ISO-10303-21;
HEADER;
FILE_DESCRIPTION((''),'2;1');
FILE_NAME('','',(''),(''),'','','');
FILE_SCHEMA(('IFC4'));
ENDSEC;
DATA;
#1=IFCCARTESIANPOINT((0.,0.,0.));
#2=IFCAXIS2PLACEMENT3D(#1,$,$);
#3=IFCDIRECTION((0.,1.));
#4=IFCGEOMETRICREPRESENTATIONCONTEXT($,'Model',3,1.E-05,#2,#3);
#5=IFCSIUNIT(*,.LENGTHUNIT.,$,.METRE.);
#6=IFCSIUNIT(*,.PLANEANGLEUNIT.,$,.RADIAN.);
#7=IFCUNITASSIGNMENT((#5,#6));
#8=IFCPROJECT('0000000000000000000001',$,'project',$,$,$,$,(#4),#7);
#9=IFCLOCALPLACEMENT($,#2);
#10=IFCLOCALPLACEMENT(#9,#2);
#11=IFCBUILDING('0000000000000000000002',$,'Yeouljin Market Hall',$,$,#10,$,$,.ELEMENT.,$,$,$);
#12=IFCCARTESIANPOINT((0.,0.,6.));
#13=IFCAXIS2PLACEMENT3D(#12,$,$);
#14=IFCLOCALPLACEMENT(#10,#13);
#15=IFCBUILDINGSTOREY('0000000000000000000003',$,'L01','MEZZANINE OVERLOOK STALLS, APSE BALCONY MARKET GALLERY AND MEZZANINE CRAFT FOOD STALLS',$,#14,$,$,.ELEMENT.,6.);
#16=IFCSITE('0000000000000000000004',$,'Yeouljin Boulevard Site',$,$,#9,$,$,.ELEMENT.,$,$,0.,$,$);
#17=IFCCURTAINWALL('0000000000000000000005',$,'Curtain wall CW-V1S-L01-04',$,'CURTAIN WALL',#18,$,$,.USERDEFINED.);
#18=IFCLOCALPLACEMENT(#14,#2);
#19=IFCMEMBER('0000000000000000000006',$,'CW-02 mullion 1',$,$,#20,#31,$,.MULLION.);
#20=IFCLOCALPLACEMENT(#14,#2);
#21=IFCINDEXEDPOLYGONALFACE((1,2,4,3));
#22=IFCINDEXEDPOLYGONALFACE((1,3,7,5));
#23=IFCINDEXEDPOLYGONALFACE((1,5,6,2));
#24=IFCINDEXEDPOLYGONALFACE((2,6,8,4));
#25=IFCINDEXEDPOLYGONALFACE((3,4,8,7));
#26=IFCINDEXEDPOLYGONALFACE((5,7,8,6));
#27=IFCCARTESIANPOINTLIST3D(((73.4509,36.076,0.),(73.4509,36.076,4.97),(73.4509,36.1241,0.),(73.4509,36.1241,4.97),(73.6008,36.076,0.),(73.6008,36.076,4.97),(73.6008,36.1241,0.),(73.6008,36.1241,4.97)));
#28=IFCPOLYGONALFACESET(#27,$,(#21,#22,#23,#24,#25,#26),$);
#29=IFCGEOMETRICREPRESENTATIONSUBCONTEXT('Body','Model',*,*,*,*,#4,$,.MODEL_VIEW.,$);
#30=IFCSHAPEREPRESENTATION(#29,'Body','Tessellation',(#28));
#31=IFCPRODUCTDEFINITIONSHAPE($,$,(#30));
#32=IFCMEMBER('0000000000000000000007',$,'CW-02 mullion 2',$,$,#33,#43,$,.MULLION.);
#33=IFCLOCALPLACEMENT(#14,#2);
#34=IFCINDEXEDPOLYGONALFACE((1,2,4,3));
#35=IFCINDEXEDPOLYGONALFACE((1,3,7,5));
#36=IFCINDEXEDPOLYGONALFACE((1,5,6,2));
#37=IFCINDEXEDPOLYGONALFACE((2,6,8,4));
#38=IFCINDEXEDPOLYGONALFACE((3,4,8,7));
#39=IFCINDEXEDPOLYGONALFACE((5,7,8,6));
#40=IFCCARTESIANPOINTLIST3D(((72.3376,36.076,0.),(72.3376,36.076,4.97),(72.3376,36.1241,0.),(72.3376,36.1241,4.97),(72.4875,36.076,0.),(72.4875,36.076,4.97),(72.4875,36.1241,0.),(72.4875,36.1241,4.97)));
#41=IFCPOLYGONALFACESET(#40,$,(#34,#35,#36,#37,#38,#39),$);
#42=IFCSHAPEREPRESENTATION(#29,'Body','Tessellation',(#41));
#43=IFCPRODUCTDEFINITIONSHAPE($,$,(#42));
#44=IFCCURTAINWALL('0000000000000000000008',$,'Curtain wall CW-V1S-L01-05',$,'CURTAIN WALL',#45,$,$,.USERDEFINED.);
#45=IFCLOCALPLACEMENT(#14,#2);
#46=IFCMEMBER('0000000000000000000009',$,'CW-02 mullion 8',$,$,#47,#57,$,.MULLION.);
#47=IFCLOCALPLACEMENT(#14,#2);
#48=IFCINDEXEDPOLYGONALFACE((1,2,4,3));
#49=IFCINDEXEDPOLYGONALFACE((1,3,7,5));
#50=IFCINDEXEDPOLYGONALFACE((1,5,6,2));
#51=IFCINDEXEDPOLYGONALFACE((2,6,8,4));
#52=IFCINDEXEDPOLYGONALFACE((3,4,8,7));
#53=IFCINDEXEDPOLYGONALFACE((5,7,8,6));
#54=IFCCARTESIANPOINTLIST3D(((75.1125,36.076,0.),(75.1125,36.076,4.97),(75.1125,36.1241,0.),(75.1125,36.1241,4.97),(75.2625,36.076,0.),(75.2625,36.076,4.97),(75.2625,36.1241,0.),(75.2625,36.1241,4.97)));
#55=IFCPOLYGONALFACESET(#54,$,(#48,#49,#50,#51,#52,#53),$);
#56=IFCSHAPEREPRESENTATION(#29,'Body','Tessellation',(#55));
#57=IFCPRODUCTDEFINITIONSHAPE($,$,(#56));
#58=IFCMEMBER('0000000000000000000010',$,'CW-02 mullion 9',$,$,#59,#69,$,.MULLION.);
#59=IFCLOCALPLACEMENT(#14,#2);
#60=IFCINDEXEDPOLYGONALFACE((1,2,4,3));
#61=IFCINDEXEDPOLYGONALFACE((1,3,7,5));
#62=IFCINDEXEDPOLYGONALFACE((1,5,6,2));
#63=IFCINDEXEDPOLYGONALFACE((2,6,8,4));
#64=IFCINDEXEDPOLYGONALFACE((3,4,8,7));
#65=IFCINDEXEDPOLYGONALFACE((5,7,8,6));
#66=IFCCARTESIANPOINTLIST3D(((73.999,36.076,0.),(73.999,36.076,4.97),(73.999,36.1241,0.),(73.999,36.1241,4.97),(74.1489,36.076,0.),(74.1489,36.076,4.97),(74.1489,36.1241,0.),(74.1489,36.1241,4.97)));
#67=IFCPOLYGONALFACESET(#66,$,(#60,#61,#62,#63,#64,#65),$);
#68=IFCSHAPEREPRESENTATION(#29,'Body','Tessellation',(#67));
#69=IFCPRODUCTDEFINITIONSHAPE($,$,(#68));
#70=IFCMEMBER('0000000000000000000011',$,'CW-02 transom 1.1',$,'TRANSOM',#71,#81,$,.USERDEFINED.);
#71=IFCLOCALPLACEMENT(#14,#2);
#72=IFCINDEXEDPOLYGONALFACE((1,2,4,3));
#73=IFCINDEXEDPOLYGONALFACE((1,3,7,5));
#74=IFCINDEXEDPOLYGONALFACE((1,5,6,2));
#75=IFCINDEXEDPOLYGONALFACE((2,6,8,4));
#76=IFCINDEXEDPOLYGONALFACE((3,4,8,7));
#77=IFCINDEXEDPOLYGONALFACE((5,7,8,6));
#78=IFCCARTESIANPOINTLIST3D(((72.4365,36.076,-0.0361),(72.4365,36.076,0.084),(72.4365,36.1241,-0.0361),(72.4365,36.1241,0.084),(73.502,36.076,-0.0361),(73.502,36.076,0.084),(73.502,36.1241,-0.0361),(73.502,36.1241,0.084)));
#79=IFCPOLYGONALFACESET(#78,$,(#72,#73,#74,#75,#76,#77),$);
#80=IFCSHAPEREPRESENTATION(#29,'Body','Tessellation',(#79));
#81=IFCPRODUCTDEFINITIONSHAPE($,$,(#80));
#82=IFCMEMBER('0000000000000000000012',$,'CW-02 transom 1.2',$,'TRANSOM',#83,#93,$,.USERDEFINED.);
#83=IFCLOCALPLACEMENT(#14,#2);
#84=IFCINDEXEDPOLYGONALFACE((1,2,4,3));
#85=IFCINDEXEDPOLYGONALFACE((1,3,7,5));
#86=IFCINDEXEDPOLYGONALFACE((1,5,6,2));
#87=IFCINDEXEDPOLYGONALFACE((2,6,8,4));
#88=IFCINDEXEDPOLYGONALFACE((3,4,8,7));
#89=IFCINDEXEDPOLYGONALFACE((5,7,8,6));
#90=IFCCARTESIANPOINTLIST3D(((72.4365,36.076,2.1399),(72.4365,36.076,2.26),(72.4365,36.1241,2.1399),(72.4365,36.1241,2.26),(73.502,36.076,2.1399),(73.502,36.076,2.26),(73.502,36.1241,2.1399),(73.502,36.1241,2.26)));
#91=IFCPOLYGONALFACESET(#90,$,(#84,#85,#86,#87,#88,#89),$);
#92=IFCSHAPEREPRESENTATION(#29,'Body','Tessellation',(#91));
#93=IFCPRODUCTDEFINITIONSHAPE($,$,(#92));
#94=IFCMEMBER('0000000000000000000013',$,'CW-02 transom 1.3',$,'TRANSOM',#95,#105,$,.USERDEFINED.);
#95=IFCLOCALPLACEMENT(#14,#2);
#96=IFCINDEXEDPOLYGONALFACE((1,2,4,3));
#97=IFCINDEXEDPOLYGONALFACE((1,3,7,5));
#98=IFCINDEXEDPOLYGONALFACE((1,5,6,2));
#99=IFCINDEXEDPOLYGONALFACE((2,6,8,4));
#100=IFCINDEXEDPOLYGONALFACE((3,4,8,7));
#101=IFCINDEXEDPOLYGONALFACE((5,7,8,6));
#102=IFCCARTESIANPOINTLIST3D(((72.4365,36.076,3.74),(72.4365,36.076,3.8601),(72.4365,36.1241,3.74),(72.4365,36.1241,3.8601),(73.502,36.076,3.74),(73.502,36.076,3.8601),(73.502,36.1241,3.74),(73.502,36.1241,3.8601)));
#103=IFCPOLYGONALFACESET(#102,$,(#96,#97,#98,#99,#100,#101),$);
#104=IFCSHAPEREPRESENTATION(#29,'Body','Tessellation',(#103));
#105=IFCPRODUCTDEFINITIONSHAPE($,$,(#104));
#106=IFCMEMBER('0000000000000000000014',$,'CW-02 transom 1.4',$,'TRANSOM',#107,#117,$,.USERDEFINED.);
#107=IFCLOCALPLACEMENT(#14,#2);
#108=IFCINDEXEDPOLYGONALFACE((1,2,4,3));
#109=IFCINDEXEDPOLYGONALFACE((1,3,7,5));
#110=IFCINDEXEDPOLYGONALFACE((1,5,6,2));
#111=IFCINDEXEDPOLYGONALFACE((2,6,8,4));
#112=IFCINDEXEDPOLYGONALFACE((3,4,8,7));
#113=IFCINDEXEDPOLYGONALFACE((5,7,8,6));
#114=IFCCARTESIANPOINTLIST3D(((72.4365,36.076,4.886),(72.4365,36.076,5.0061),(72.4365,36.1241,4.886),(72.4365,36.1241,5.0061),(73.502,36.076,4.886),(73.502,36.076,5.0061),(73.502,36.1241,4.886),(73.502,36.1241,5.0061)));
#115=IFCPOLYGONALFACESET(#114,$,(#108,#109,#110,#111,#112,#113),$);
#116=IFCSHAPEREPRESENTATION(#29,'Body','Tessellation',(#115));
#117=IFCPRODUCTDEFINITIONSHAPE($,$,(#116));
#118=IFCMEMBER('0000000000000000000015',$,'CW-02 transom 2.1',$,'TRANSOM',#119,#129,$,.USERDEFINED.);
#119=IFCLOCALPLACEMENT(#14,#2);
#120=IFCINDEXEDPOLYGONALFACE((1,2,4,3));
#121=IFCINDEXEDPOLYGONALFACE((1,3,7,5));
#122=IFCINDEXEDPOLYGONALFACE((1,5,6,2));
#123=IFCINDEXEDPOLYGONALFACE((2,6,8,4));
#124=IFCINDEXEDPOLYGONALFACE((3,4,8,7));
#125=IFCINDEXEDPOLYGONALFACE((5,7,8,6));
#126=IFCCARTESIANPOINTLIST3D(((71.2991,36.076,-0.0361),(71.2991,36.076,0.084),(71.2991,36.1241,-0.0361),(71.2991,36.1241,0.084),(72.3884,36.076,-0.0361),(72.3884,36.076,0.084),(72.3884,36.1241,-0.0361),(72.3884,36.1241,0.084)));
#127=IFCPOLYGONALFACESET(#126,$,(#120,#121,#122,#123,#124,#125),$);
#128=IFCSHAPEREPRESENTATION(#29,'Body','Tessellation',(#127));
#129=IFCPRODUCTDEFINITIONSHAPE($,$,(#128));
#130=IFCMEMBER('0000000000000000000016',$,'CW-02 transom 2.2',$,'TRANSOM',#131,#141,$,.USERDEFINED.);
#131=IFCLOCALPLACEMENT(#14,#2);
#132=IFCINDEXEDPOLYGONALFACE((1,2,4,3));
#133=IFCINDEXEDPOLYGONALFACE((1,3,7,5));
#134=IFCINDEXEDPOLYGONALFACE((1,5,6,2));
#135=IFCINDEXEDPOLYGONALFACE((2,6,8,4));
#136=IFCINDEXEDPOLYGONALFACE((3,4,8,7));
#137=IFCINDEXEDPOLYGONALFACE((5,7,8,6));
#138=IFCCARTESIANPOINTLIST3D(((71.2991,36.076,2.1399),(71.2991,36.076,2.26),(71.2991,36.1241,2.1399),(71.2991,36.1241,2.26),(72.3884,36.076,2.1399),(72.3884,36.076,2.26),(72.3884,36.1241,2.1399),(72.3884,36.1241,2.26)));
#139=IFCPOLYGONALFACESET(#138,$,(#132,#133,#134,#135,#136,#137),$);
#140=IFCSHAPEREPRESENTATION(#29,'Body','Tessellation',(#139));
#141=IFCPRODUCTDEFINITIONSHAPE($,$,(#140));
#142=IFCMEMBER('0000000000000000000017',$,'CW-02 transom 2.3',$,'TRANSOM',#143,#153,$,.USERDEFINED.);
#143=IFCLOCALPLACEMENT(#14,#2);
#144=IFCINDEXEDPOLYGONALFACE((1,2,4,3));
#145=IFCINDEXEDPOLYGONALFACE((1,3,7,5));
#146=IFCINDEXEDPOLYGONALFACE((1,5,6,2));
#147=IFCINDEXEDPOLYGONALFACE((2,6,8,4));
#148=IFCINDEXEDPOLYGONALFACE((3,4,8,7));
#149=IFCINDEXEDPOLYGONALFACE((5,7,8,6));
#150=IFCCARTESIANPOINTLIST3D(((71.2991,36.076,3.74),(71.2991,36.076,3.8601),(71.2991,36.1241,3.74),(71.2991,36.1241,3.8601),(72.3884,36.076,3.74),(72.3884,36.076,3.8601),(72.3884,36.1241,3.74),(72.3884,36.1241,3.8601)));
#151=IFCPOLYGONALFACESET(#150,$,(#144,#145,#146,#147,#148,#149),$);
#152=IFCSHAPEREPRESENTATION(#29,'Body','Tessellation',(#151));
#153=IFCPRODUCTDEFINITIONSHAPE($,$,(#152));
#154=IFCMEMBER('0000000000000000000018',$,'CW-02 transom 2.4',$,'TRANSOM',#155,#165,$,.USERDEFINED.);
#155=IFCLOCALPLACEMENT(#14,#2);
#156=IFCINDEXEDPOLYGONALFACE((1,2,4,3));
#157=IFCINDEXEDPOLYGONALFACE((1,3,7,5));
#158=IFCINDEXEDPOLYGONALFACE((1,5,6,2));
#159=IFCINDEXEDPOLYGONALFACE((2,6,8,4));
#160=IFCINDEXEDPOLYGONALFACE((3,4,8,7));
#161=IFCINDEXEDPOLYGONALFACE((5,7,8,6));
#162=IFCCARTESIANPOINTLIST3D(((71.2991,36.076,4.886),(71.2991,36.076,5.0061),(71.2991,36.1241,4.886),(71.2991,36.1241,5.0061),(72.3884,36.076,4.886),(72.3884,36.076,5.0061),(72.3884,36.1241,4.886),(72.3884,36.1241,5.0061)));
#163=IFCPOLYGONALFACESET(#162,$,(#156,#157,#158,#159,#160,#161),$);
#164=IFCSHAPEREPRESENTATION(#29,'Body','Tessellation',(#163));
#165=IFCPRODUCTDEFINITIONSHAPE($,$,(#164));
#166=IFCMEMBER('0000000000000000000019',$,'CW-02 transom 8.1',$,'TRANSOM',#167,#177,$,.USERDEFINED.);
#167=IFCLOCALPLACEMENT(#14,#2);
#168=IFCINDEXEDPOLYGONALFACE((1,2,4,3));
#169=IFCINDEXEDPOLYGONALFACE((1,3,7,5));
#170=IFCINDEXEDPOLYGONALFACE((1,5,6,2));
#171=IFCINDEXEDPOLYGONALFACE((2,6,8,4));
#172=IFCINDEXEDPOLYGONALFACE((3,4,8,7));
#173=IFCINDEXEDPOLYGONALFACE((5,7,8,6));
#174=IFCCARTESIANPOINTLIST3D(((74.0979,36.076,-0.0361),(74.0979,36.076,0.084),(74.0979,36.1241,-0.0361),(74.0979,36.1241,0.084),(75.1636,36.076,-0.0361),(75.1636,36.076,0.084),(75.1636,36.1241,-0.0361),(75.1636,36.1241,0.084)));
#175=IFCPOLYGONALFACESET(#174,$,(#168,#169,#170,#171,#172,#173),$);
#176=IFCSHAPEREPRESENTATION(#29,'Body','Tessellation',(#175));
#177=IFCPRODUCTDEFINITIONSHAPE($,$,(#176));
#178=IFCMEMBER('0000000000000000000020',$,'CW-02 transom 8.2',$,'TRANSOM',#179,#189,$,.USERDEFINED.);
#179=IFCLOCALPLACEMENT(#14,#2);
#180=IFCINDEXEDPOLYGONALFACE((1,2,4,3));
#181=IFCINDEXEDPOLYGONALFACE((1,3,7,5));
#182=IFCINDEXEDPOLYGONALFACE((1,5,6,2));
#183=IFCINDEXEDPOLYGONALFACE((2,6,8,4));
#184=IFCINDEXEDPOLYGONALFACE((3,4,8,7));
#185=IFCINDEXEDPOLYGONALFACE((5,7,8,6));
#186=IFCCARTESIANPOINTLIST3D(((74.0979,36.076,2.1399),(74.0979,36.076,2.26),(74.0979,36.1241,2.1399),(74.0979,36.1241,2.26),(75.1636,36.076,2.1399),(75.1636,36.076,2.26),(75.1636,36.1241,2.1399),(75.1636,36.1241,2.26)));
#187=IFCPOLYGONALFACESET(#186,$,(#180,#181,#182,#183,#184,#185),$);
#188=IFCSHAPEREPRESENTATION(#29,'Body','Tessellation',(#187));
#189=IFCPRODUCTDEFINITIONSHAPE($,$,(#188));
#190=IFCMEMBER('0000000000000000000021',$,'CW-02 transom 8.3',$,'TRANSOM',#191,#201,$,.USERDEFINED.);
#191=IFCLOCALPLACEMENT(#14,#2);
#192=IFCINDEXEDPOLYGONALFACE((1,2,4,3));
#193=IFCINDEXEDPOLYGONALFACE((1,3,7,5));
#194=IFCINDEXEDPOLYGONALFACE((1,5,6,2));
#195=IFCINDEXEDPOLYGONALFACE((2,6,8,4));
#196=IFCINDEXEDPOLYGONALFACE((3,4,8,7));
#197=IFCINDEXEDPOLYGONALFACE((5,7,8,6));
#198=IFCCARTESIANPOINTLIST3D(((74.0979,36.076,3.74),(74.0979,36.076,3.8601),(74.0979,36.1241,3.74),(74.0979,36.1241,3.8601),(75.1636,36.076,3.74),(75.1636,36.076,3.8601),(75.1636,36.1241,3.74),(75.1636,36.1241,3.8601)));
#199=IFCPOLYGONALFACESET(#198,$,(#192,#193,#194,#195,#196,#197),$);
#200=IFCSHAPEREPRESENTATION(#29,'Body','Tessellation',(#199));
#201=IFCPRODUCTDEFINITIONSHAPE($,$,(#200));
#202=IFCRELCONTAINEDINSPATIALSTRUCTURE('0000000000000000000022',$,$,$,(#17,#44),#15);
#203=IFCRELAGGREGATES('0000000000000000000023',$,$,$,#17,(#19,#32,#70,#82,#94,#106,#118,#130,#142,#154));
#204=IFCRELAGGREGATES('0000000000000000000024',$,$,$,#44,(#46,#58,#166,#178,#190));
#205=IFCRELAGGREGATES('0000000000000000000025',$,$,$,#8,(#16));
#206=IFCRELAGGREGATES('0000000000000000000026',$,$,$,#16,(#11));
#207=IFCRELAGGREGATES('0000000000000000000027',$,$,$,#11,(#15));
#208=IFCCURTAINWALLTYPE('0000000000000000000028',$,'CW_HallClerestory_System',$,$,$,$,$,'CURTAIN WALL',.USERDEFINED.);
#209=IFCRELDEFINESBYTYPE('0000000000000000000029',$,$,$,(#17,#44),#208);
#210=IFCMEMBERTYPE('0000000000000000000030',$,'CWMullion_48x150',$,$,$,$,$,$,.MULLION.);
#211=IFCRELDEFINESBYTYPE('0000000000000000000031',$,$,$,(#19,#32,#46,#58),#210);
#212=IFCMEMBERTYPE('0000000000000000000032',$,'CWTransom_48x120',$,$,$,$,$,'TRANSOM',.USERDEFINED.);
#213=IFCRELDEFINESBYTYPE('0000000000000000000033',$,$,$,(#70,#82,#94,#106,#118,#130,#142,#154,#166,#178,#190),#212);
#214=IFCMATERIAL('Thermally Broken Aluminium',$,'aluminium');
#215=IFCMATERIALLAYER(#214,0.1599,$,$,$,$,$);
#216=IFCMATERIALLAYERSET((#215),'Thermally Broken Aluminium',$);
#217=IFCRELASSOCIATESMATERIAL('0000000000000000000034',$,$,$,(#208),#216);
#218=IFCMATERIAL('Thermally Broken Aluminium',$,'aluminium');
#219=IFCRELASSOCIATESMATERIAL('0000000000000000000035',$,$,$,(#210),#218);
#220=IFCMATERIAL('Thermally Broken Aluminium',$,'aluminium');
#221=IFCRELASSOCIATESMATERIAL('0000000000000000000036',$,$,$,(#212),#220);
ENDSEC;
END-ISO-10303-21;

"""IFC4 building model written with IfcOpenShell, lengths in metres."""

from ifc_helpers import new_model, si_unit, direction, frame, origin, origin_2d, place, context, subcontext, project, spatial, rectangle, extrude, material, layer, layer_set, material_profile, profile_set, type_object, element, aggregate, save


model = new_model("IFC4")

# Units and contexts
model_context = context("Model", 3, precision=1e-05, world=origin(), true_north=direction((0.0, 1.0)))
body_context = subcontext(model_context, "Body", "Model", "MODEL_VIEW")
ifc_project = project(units=[si_unit("LENGTHUNIT", "METRE"), si_unit("PLANEANGLEUNIT", "RADIAN")], contexts=[model_context])

# Site, building, storey
site_placement = place(None, origin())
site = spatial("IfcSite", under=ifc_project, at=site_placement, Name="Yeouljin Boulevard Site", CompositionType="ELEMENT", RefElevation=0.0)
building_placement = place(site_placement, origin())
building = spatial("IfcBuilding", under=site, at=building_placement, Name="Yeouljin Market Hall", CompositionType="ELEMENT")
storey_placement = place(building_placement, frame((0.0, 0.0, 6.0)))
storey = spatial("IfcBuildingStorey", under=building, at=storey_placement, Name="L01", Description="MEZZANINE OVERLOOK STALLS, APSE BALCONY MARKET GALLERY AND MEZZANINE CRAFT FOOD STALLS", CompositionType="ELEMENT", Elevation=6.0)

# Curtain walls, members
ifc_material_1 = material(Name="Thermally Broken Aluminium", Category="aluminium")
ifc_layer_1 = layer(ifc_material_1, 0.1599)
ifc_layer_set_1 = layer_set([ifc_layer_1], Name="Thermally Broken Aluminium")
curtain_wall_type = type_object("IfcCurtainWallType", Name="CW_HallClerestory_System", ElementType="CURTAIN WALL", PredefinedType="USERDEFINED", material=ifc_layer_set_1)
curtain_wall_1_placement = place(storey_placement, origin())
curtain_wall_1 = element("IfcCurtainWall", 1, at=curtain_wall_1_placement, inside=storey, type_object=curtain_wall_type, Name="Curtain wall CW-V1S-L01-04", ObjectType="CURTAIN WALL", PredefinedType="USERDEFINED")
ifc_material_2 = material(Name="Thermally Broken Aluminium", Category="aluminium")
ifc_material_profile_1 = material_profile(ifc_material_2, rectangle(XDim=0.0481, YDim=0.1499, at=origin_2d()), Name="CW-MULL-48x150")
ifc_profile_set_1 = profile_set([ifc_material_profile_1], Name="Thermally Broken Aluminium")
member_type_1 = type_object("IfcMemberType", Name="CWMullion_48x150", PredefinedType="MULLION", material=ifc_profile_set_1)
member_1_placement = place(storey_placement, frame((73.5259, 36.1001, 0.0), z_axis=(0.0, 0.0, 1.0), x_axis=(0.0, -1.0, 0.0)))
member_1 = element("IfcMember", 2, at=member_1_placement, type_object=member_type_1, Name="CW-02 mullion 1", PredefinedType="MULLION", context=body_context, shape_type="SweptSolid", body=[
    extrude(rectangle(XDim=0.0481, YDim=0.1499, at=origin_2d()), origin(), (0.0, 0.0, 1.0), 4.97),
])
member_2_placement = place(storey_placement, frame((72.4126, 36.1001, 0.0), z_axis=(0.0, 0.0, 1.0), x_axis=(0.0, -1.0, 0.0)))
member_2 = element("IfcMember", 3, at=member_2_placement, type_object=member_type_1, Name="CW-02 mullion 2", PredefinedType="MULLION", context=body_context, shape_type="SweptSolid", body=[
    extrude(rectangle(XDim=0.0481, YDim=0.1499, at=origin_2d()), origin(), (0.0, 0.0, 1.0), 4.97),
])
curtain_wall_2_placement = place(storey_placement, origin())
curtain_wall_2 = element("IfcCurtainWall", 4, at=curtain_wall_2_placement, inside=storey, type_object=curtain_wall_type, Name="Curtain wall CW-V1S-L01-05", ObjectType="CURTAIN WALL", PredefinedType="USERDEFINED")
member_3_placement = place(storey_placement, frame((75.1875, 36.1001, 0.0), z_axis=(0.0, 0.0, 1.0), x_axis=(0.0, -1.0, 0.0)))
member_3 = element("IfcMember", 5, at=member_3_placement, type_object=member_type_1, Name="CW-02 mullion 8", PredefinedType="MULLION", context=body_context, shape_type="SweptSolid", body=[
    extrude(rectangle(XDim=0.0481, YDim=0.1499, at=origin_2d()), origin(), (0.0, 0.0, 1.0), 4.97),
])
member_4_placement = place(storey_placement, frame((74.074, 36.1001, 0.0), z_axis=(0.0, 0.0, 1.0), x_axis=(0.0, -1.0, 0.0)))
member_4 = element("IfcMember", 6, at=member_4_placement, type_object=member_type_1, Name="CW-02 mullion 9", PredefinedType="MULLION", context=body_context, shape_type="SweptSolid", body=[
    extrude(rectangle(XDim=0.0481, YDim=0.1499, at=origin_2d()), origin(), (0.0, 0.0, 1.0), 4.97),
])

# Members
ifc_material_3 = material(Name="Thermally Broken Aluminium", Category="aluminium")
ifc_material_profile_2 = material_profile(ifc_material_3, rectangle(XDim=0.0481, YDim=0.1201, at=origin_2d()), Name="CW-TRAN-48x120")
ifc_profile_set_2 = profile_set([ifc_material_profile_2], Name="Thermally Broken Aluminium")
member_type_2 = type_object("IfcMemberType", Name="CWTransom_48x120", ElementType="TRANSOM", PredefinedType="USERDEFINED", material=ifc_profile_set_2)
member_5_placement = place(storey_placement, frame((73.502, 36.1001, 0.0239), z_axis=(-1.0, 0.0, 0.0), x_axis=(0.0, -1.0, 0.0)))
member_5 = element("IfcMember", 7, at=member_5_placement, type_object=member_type_2, Name="CW-02 transom 1.1", ObjectType="TRANSOM", PredefinedType="USERDEFINED", context=body_context, shape_type="SweptSolid", body=[
    extrude(rectangle(XDim=0.0481, YDim=0.1201, at=origin_2d()), origin(), (0.0, 0.0, 1.0), 1.0654),
])
member_6_placement = place(storey_placement, frame((73.502, 36.1001, 2.2), z_axis=(-1.0, 0.0, 0.0), x_axis=(0.0, -1.0, 0.0)))
member_6 = element("IfcMember", 8, at=member_6_placement, type_object=member_type_2, Name="CW-02 transom 1.2", ObjectType="TRANSOM", PredefinedType="USERDEFINED", context=body_context, shape_type="SweptSolid", body=[
    extrude(rectangle(XDim=0.0481, YDim=0.1201, at=origin_2d()), origin(), (0.0, 0.0, 1.0), 1.0654),
])
member_7_placement = place(storey_placement, frame((73.502, 36.1001, 3.8), z_axis=(-1.0, 0.0, 0.0), x_axis=(0.0, -1.0, 0.0)))
member_7 = element("IfcMember", 9, at=member_7_placement, type_object=member_type_2, Name="CW-02 transom 1.3", ObjectType="TRANSOM", PredefinedType="USERDEFINED", context=body_context, shape_type="SweptSolid", body=[
    extrude(rectangle(XDim=0.0481, YDim=0.1201, at=origin_2d()), origin(), (0.0, 0.0, 1.0), 1.0654),
])
member_8_placement = place(storey_placement, frame((73.502, 36.1001, 4.946), z_axis=(-1.0, 0.0, 0.0), x_axis=(0.0, -1.0, 0.0)))
member_8 = element("IfcMember", 10, at=member_8_placement, type_object=member_type_2, Name="CW-02 transom 1.4", ObjectType="TRANSOM", PredefinedType="USERDEFINED", context=body_context, shape_type="SweptSolid", body=[
    extrude(rectangle(XDim=0.0481, YDim=0.1201, at=origin_2d()), origin(), (0.0, 0.0, 1.0), 1.0654),
])
member_9_placement = place(storey_placement, frame((72.3884, 36.1001, 0.0239), z_axis=(-1.0, 0.0, 0.0), x_axis=(0.0, -1.0, 0.0)))
member_9 = element("IfcMember", 11, at=member_9_placement, type_object=member_type_2, Name="CW-02 transom 2.1", ObjectType="TRANSOM", PredefinedType="USERDEFINED", context=body_context, shape_type="SweptSolid", body=[
    extrude(rectangle(XDim=0.0481, YDim=0.1201, at=origin_2d()), origin(), (0.0, 0.0, 1.0), 1.0894),
])
member_10_placement = place(storey_placement, frame((72.3884, 36.1001, 2.2), z_axis=(-1.0, 0.0, 0.0), x_axis=(0.0, -1.0, 0.0)))
member_10 = element("IfcMember", 12, at=member_10_placement, type_object=member_type_2, Name="CW-02 transom 2.2", ObjectType="TRANSOM", PredefinedType="USERDEFINED", context=body_context, shape_type="SweptSolid", body=[
    extrude(rectangle(XDim=0.0481, YDim=0.1201, at=origin_2d()), origin(), (0.0, 0.0, 1.0), 1.0894),
])
member_11_placement = place(storey_placement, frame((72.3884, 36.1001, 3.8), z_axis=(-1.0, 0.0, 0.0), x_axis=(0.0, -1.0, 0.0)))
member_11 = element("IfcMember", 13, at=member_11_placement, type_object=member_type_2, Name="CW-02 transom 2.3", ObjectType="TRANSOM", PredefinedType="USERDEFINED", context=body_context, shape_type="SweptSolid", body=[
    extrude(rectangle(XDim=0.0481, YDim=0.1201, at=origin_2d()), origin(), (0.0, 0.0, 1.0), 1.0894),
])
member_12_placement = place(storey_placement, frame((72.3884, 36.1001, 4.946), z_axis=(-1.0, 0.0, 0.0), x_axis=(0.0, -1.0, 0.0)))
member_12 = element("IfcMember", 14, at=member_12_placement, type_object=member_type_2, Name="CW-02 transom 2.4", ObjectType="TRANSOM", PredefinedType="USERDEFINED", context=body_context, shape_type="SweptSolid", body=[
    extrude(rectangle(XDim=0.0481, YDim=0.1201, at=origin_2d()), origin(), (0.0, 0.0, 1.0), 1.0894),
])
member_13_placement = place(storey_placement, frame((75.1636, 36.1001, 0.0239), z_axis=(-1.0, 0.0, 0.0), x_axis=(0.0, -1.0, 0.0)))
member_13 = element("IfcMember", 15, at=member_13_placement, type_object=member_type_2, Name="CW-02 transom 8.1", ObjectType="TRANSOM", PredefinedType="USERDEFINED", context=body_context, shape_type="SweptSolid", body=[
    extrude(rectangle(XDim=0.0481, YDim=0.1201, at=origin_2d()), origin(), (0.0, 0.0, 1.0), 1.0657),
])
member_14_placement = place(storey_placement, frame((75.1636, 36.1001, 2.2), z_axis=(-1.0, 0.0, 0.0), x_axis=(0.0, -1.0, 0.0)))
member_14 = element("IfcMember", 16, at=member_14_placement, type_object=member_type_2, Name="CW-02 transom 8.2", ObjectType="TRANSOM", PredefinedType="USERDEFINED", context=body_context, shape_type="SweptSolid", body=[
    extrude(rectangle(XDim=0.0481, YDim=0.1201, at=origin_2d()), origin(), (0.0, 0.0, 1.0), 1.0657),
])
member_15_placement = place(storey_placement, frame((75.1636, 36.1001, 3.8), z_axis=(-1.0, 0.0, 0.0), x_axis=(0.0, -1.0, 0.0)))
member_15 = element("IfcMember", 17, at=member_15_placement, type_object=member_type_2, Name="CW-02 transom 8.3", ObjectType="TRANSOM", PredefinedType="USERDEFINED", context=body_context, shape_type="SweptSolid", body=[
    extrude(rectangle(XDim=0.0481, YDim=0.1201, at=origin_2d()), origin(), (0.0, 0.0, 1.0), 1.0657),
])

aggregate(curtain_wall_1, [member_1, member_2, member_5, member_6, member_7, member_8, member_9, member_10, member_11, member_12])
aggregate(curtain_wall_2, [member_3, member_4, member_13, member_14, member_15])

save(model, "model.ifc")
